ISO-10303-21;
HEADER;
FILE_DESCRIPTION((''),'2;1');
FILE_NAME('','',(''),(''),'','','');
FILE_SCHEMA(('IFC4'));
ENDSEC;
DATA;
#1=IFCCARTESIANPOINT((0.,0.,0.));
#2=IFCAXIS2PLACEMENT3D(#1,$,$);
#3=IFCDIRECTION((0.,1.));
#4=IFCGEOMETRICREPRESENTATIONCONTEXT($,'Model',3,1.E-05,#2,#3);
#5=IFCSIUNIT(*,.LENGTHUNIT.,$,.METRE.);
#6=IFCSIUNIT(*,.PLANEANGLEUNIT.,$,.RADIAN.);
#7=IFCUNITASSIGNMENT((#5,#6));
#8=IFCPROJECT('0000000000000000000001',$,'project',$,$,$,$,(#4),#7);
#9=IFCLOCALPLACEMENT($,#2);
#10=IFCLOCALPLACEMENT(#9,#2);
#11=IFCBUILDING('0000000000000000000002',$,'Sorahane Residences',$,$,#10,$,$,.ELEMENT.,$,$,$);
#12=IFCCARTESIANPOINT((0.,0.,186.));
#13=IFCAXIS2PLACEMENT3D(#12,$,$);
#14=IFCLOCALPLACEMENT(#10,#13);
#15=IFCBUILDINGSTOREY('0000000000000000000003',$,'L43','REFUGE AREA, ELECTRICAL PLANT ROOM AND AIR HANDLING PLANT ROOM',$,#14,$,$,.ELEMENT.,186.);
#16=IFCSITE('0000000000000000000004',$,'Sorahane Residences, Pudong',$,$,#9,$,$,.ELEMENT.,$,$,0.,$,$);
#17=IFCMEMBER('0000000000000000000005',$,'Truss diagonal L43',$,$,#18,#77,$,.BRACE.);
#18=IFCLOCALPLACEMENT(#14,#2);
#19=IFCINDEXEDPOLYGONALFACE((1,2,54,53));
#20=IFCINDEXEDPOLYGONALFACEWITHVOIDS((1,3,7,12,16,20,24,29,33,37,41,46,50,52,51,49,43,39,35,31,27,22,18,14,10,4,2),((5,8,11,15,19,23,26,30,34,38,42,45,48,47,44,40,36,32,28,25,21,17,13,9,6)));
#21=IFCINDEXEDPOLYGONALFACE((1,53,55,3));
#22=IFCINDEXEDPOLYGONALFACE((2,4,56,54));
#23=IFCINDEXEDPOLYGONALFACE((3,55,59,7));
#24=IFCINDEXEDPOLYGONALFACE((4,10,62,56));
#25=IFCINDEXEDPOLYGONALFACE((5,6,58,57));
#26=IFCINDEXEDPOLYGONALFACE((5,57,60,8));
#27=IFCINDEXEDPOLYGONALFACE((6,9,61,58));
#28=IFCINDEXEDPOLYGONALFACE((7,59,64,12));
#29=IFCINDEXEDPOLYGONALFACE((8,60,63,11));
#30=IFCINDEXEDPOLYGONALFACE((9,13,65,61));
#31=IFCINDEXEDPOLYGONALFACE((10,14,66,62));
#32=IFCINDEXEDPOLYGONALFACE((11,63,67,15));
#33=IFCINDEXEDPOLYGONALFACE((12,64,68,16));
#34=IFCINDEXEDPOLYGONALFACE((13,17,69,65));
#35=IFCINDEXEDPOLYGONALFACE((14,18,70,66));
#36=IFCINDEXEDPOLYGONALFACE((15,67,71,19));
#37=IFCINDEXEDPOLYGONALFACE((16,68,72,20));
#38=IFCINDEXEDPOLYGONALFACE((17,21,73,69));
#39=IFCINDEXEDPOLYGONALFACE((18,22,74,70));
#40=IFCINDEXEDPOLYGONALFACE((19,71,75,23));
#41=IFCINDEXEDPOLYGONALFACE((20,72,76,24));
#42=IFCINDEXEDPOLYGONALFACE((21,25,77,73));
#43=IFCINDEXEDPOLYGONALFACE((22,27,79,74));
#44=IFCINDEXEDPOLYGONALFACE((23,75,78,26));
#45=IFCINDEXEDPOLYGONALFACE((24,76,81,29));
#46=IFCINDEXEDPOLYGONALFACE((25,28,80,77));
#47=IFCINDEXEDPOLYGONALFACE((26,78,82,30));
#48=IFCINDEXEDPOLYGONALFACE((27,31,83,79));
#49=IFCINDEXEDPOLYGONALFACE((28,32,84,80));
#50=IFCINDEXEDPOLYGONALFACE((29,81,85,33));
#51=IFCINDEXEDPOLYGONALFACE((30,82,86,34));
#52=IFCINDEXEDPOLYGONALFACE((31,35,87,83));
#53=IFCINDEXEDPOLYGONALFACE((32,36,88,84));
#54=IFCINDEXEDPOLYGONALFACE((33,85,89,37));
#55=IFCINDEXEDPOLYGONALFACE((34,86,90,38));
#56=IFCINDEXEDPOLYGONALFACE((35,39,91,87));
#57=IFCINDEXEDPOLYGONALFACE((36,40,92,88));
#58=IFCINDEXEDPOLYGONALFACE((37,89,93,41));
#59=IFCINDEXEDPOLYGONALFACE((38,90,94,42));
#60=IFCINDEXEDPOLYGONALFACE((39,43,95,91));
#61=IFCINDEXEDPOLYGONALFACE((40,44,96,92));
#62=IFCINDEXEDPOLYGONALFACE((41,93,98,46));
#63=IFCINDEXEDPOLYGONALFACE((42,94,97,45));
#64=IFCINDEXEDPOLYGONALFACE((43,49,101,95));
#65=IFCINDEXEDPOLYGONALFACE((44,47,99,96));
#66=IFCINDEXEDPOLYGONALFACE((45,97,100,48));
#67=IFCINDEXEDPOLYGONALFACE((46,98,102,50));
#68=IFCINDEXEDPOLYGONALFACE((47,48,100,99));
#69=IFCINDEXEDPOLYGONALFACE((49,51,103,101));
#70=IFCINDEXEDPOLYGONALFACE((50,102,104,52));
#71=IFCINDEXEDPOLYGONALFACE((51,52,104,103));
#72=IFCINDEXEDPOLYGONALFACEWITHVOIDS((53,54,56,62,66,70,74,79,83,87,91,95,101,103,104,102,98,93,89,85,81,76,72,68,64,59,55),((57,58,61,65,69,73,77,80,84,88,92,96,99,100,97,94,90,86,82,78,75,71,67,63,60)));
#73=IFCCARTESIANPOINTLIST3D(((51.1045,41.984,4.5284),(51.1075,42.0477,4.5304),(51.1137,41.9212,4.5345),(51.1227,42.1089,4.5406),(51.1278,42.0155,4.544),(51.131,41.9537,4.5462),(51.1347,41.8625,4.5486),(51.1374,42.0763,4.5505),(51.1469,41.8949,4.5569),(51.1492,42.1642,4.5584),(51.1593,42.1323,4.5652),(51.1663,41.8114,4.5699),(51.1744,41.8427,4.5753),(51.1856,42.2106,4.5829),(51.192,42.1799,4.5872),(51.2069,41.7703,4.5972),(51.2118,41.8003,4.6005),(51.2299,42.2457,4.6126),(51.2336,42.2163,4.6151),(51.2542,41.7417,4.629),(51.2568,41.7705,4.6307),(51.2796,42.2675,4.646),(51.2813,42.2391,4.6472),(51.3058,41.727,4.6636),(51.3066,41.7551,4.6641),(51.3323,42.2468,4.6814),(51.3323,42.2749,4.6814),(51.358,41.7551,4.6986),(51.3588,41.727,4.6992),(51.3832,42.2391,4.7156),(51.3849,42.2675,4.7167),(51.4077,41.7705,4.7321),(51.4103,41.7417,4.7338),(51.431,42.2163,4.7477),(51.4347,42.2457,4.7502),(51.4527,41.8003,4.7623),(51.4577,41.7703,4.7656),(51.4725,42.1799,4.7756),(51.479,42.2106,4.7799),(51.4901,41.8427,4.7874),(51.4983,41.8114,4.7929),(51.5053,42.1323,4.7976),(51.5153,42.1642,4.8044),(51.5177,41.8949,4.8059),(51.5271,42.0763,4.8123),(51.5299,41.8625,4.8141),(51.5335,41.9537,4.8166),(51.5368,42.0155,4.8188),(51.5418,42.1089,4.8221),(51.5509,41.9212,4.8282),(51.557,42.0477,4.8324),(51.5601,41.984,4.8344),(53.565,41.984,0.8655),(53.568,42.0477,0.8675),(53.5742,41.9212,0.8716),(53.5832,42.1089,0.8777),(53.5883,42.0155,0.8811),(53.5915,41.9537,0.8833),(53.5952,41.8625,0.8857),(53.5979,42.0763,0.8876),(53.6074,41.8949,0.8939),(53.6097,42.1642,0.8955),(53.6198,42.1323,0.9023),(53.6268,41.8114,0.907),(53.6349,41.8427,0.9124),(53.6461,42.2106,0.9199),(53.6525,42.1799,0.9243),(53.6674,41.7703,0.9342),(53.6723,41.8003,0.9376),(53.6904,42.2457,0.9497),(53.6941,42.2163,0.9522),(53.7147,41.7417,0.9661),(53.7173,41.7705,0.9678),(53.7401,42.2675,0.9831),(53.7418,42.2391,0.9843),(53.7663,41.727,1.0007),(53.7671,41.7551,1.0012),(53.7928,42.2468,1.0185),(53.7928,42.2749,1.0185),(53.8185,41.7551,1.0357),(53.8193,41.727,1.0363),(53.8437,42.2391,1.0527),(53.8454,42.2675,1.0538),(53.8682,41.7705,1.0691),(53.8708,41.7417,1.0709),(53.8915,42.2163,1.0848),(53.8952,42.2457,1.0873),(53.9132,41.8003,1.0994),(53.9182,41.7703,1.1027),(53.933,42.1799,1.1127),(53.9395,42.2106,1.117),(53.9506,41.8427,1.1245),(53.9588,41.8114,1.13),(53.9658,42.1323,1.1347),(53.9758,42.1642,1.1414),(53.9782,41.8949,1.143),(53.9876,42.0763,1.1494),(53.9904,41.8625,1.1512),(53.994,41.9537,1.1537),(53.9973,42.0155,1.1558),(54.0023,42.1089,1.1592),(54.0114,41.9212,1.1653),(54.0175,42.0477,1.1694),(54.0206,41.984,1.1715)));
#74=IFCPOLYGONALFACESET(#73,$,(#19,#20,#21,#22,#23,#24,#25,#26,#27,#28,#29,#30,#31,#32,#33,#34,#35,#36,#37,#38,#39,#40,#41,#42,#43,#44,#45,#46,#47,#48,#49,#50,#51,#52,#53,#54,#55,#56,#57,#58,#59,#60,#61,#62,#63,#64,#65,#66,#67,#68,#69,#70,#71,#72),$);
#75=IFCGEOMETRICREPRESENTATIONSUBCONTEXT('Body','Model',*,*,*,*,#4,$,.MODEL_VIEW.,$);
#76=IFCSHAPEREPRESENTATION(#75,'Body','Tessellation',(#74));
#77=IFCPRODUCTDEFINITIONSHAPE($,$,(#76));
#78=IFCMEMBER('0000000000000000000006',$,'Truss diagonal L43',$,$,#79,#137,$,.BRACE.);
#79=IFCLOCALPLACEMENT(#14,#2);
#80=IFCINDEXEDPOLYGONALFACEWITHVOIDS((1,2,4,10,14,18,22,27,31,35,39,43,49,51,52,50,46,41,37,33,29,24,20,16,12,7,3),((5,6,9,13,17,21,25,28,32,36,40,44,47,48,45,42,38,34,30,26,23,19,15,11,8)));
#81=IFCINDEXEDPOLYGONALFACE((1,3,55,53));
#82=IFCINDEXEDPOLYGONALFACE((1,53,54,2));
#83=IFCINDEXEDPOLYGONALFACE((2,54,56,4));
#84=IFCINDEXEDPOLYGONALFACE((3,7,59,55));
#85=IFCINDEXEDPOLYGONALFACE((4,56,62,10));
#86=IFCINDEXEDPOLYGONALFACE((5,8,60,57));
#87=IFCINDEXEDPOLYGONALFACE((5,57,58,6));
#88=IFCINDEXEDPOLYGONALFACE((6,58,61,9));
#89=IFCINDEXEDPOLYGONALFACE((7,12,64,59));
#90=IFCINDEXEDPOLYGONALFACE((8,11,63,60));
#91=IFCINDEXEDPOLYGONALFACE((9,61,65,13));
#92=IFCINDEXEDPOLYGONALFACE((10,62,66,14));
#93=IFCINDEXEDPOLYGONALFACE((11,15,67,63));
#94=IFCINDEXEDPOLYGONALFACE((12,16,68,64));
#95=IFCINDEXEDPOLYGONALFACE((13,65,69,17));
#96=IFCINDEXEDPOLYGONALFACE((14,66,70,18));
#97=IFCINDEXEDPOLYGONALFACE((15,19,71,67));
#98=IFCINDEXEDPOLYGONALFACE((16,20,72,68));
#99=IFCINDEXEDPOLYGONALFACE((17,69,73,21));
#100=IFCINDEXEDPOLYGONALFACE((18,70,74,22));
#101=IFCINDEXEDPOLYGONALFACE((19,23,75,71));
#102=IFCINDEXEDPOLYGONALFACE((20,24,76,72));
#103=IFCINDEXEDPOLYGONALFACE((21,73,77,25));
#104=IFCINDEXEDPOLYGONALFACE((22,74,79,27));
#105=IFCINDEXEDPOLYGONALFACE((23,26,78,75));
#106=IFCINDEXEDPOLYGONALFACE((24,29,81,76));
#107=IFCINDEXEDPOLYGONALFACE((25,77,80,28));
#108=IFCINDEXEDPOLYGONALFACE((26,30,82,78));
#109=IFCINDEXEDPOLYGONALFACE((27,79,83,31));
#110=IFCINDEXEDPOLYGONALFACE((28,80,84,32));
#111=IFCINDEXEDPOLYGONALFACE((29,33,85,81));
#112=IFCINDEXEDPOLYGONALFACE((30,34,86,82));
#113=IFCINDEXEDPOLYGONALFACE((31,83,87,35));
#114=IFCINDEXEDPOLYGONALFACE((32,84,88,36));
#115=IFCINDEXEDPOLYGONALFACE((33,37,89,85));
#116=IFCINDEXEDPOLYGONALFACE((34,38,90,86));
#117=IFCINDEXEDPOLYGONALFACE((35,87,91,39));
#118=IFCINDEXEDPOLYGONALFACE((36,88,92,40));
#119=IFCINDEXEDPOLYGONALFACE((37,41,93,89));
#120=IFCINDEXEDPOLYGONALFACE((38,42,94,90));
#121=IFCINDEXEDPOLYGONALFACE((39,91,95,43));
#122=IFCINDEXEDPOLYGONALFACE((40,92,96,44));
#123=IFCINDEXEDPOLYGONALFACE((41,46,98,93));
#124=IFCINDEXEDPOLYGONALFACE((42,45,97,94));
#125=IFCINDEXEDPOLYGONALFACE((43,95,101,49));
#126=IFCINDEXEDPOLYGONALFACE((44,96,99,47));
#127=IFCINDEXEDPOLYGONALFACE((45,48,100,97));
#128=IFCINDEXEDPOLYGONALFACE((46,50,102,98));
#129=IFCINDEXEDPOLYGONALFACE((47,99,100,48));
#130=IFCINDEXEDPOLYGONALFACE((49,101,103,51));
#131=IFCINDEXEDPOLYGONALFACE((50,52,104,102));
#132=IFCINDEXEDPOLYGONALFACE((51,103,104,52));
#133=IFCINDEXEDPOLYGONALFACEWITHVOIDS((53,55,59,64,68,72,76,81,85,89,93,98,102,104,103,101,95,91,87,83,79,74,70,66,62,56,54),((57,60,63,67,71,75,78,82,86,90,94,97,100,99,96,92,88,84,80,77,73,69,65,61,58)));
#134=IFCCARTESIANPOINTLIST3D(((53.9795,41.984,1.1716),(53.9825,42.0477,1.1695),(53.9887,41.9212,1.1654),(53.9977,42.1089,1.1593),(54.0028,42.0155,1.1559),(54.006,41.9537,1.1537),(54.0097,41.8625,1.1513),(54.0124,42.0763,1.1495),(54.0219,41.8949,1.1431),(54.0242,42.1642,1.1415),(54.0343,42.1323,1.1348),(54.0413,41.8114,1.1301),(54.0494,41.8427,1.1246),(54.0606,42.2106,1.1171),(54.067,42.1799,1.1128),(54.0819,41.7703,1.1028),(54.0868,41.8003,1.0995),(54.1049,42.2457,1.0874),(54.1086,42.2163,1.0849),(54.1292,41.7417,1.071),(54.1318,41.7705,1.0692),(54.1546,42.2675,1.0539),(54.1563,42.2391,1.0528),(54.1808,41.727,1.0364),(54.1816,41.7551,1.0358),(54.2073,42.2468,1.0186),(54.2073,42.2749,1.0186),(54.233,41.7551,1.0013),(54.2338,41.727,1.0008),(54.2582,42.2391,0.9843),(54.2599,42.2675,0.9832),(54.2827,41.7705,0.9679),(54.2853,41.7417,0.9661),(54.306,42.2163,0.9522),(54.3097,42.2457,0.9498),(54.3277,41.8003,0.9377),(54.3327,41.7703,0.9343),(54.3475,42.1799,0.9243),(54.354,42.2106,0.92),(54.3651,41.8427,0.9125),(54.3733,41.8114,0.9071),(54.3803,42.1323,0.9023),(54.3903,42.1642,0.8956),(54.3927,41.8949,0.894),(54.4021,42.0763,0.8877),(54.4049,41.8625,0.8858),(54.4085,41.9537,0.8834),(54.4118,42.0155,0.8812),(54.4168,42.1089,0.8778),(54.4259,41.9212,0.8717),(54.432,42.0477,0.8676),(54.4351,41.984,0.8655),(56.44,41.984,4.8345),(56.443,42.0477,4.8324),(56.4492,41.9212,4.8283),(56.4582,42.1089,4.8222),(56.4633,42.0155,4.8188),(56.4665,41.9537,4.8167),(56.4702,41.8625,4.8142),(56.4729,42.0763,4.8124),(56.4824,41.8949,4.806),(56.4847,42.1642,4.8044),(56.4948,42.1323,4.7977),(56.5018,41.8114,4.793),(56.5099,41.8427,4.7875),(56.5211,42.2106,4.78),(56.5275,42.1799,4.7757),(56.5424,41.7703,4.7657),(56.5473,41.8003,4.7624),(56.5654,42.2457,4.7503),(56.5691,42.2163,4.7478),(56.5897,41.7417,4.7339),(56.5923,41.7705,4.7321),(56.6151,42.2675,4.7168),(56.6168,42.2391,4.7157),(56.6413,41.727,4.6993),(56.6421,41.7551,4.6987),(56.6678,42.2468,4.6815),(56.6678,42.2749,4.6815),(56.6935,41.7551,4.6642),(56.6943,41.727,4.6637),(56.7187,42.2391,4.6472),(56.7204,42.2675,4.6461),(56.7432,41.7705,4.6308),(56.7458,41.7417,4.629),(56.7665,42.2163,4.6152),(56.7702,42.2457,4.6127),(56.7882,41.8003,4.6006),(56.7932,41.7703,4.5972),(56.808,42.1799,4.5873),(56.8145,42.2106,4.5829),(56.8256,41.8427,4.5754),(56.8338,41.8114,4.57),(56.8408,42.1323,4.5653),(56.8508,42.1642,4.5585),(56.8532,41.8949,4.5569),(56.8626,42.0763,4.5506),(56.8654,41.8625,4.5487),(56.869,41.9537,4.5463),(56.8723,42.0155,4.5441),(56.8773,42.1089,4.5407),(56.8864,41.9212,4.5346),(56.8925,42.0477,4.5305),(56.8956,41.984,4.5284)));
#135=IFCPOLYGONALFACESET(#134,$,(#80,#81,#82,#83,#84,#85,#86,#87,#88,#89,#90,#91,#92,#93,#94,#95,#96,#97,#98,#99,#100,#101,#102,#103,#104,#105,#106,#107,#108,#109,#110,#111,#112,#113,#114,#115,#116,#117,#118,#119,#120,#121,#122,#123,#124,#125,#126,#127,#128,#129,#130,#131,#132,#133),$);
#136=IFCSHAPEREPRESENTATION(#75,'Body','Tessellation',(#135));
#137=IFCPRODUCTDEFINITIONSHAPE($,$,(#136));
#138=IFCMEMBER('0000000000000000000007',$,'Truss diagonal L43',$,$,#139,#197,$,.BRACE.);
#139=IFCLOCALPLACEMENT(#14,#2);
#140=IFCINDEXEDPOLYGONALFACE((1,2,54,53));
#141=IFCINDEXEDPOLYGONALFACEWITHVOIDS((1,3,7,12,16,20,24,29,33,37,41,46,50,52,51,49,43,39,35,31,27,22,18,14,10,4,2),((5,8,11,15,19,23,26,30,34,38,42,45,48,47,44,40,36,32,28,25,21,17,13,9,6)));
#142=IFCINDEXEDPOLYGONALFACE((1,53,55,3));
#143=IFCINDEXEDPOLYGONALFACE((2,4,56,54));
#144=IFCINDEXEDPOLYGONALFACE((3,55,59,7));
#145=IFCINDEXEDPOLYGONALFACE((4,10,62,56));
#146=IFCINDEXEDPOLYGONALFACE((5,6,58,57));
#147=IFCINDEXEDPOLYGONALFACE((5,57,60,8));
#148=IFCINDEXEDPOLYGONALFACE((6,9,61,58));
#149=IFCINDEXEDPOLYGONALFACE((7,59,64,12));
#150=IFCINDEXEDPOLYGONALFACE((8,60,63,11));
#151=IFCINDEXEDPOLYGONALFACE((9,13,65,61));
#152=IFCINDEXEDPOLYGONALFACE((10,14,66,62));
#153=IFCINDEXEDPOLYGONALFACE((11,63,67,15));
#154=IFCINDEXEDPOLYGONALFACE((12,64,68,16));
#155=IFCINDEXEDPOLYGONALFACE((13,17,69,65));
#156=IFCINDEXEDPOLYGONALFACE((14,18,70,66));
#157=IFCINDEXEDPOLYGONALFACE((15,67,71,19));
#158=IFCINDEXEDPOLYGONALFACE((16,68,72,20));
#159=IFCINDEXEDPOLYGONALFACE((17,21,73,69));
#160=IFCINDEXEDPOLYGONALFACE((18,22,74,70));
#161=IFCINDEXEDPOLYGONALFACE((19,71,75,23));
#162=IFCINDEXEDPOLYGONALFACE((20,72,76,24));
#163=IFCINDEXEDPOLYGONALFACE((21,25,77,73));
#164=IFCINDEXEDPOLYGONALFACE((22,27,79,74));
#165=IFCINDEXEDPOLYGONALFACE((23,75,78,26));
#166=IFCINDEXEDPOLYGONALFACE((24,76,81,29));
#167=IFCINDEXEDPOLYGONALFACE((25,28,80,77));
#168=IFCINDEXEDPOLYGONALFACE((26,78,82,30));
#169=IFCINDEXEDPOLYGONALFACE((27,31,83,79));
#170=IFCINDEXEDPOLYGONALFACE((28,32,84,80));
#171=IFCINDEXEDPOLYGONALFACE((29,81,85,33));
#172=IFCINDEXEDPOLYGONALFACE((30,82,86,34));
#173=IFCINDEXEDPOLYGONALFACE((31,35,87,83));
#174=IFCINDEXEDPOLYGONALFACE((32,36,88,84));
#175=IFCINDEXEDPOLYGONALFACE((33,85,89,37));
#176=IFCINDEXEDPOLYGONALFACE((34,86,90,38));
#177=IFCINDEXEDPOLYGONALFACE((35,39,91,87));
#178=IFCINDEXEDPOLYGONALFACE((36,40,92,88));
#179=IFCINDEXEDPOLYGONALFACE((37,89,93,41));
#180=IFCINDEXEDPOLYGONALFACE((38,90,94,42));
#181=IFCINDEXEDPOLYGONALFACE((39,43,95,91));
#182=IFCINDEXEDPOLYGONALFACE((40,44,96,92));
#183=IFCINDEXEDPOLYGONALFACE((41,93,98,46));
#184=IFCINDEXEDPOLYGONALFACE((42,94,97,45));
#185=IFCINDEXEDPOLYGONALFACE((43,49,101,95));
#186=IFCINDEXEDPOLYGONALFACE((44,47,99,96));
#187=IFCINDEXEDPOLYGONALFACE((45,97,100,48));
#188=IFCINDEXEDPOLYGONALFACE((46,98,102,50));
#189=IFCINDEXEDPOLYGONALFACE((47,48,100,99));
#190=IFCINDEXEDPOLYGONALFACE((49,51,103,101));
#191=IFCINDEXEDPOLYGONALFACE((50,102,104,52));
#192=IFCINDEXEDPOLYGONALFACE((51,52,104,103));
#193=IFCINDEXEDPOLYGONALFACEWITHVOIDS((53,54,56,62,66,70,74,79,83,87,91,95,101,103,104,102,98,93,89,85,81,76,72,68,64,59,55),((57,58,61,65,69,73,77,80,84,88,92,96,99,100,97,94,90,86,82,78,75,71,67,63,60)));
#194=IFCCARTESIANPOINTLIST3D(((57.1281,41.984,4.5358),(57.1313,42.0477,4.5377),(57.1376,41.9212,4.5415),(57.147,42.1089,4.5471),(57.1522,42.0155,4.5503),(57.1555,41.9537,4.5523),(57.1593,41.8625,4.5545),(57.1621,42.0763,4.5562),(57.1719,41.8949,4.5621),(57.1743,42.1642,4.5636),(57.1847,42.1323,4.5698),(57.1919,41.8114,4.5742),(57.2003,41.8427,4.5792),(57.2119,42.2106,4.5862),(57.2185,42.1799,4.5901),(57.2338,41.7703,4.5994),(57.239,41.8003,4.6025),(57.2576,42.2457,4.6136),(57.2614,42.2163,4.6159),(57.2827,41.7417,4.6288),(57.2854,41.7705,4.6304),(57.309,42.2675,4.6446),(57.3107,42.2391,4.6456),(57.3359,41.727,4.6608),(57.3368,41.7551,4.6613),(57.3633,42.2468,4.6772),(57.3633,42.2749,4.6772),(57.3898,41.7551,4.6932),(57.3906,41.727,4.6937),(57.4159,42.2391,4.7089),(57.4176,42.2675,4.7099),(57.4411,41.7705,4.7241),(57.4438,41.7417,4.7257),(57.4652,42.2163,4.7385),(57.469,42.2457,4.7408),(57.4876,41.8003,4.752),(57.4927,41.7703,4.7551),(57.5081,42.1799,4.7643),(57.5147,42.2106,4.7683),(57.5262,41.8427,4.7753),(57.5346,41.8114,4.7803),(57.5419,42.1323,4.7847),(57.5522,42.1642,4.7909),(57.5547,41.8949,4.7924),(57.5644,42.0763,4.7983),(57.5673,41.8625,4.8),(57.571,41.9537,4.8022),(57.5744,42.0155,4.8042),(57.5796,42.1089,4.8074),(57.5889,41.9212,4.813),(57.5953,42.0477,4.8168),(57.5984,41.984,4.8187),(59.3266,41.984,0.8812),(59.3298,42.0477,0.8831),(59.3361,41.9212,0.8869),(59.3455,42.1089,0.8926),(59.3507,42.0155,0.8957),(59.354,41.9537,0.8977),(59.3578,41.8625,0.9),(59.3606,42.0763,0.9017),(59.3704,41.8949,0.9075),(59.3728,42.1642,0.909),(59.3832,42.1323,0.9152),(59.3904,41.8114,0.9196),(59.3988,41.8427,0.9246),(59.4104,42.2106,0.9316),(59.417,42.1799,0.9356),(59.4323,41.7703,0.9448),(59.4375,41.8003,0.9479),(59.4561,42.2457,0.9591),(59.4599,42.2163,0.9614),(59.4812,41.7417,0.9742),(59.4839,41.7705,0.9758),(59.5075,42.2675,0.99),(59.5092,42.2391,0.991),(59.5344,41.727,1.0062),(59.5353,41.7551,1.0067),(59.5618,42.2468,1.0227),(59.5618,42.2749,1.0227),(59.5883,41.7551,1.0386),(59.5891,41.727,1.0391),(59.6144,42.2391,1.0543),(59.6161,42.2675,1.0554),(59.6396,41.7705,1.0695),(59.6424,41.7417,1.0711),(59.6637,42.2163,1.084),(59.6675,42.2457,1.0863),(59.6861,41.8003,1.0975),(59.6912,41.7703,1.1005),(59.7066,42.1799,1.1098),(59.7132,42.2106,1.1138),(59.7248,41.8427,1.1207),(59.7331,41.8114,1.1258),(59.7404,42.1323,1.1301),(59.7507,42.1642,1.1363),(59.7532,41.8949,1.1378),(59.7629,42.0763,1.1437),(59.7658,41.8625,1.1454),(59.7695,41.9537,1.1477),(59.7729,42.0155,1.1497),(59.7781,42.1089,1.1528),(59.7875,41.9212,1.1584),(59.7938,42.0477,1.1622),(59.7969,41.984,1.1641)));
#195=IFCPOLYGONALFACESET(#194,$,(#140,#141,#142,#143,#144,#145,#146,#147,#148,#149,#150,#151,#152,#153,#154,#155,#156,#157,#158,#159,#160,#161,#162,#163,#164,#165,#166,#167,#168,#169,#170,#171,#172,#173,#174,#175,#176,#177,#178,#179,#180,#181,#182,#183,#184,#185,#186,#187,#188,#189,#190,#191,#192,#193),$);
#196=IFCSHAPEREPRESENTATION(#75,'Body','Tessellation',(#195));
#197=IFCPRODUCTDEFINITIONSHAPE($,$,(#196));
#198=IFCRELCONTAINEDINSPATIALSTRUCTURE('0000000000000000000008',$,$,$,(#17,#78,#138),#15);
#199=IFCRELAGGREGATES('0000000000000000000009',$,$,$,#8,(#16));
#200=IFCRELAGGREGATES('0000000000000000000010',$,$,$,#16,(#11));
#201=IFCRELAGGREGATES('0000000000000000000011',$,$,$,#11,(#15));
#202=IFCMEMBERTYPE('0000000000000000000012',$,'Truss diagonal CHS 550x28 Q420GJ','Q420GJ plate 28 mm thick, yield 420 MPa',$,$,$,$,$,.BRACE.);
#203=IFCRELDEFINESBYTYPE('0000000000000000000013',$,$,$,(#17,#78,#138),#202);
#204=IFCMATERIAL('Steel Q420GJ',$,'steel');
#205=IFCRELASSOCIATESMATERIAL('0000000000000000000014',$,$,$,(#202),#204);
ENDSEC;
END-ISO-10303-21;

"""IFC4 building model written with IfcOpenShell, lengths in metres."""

from ifc_helpers import new_model, si_unit, direction, frame, origin, origin_2d, place, context, subcontext, project, spatial, hollow_circle, extrude, material, material_profile, profile_set, type_object, element, save


model = new_model("IFC4")

# Units and contexts
model_context = context("Model", 3, precision=1e-05, world=origin(), true_north=direction((0.0, 1.0)))
body_context = subcontext(model_context, "Body", "Model", "MODEL_VIEW")
ifc_project = project(units=[si_unit("LENGTHUNIT", "METRE"), si_unit("PLANEANGLEUNIT", "RADIAN")], contexts=[model_context])

# Site, building, storey
site_placement = place(None, origin())
site = spatial("IfcSite", under=ifc_project, at=site_placement, Name="Sorahane Residences, Pudong", CompositionType="ELEMENT", RefElevation=0.0)
building_placement = place(site_placement, origin())
building = spatial("IfcBuilding", under=site, at=building_placement, Name="Sorahane Residences", CompositionType="ELEMENT")
storey_placement = place(building_placement, frame((0.0, 0.0, 186.0)))
storey = spatial("IfcBuildingStorey", under=building, at=storey_placement, Name="L43", Description="REFUGE AREA, ELECTRICAL PLANT ROOM AND AIR HANDLING PLANT ROOM", CompositionType="ELEMENT", Elevation=186.0)

# Members
ifc_material_1 = material(Name="Steel Q420GJ", Category="steel")
ifc_material_profile_1 = material_profile(ifc_material_1, hollow_circle(Radius=0.2749, WallThickness=0.0281, at=origin_2d()), Name="CHS 550x28")
ifc_profile_set_1 = profile_set([ifc_material_profile_1], Name="Steel Q420GJ")
member_type = type_object("IfcMemberType", Name="Truss diagonal CHS 550x28 Q420GJ", Description="Q420GJ plate 28 mm thick, yield 420 MPa", PredefinedType="BRACE", material=ifc_profile_set_1)
for number, where, z_axis, x_axis, name in (
    (1, (51.3323, 42.0, 4.6814), (0.557608, 0.0, -0.830104), (0.0, 1.0, 0.0), "Truss diagonal L43"),
    (2, (54.2073, 42.0, 1.0186), (0.557608, 0.0, 0.830104), (0.0, 1.0, 0.0), "Truss diagonal L43"),
):
    element("IfcMember", number, at=place(storey_placement, frame(where, z_axis=z_axis, x_axis=x_axis)), inside=storey, type_object=member_type, Name=name, PredefinedType="BRACE", context=body_context, shape_type="SweptSolid", body=[
        extrude(hollow_circle(Radius=0.2749, WallThickness=0.0281, at=origin_2d()), origin(), (0.0, 0.0, 1.0), 4.4126),
    ])
for number, where, z_axis, x_axis, name in (
    (3, (57.3633, 42.0, 4.6772), (0.515489, 0.0, -0.856896), (0.0, 1.0, 0.0), "Truss diagonal L43"),
):
    element("IfcMember", number, at=place(storey_placement, frame(where, z_axis=z_axis, x_axis=x_axis)), inside=storey, type_object=member_type, Name=name, PredefinedType="BRACE", context=body_context, shape_type="SweptSolid", body=[
        extrude(hollow_circle(Radius=0.2749, WallThickness=0.0281, at=origin_2d()), origin(), (0.0, 0.0, 1.0), 4.2649),
    ])

save(model, "model.ifc")
